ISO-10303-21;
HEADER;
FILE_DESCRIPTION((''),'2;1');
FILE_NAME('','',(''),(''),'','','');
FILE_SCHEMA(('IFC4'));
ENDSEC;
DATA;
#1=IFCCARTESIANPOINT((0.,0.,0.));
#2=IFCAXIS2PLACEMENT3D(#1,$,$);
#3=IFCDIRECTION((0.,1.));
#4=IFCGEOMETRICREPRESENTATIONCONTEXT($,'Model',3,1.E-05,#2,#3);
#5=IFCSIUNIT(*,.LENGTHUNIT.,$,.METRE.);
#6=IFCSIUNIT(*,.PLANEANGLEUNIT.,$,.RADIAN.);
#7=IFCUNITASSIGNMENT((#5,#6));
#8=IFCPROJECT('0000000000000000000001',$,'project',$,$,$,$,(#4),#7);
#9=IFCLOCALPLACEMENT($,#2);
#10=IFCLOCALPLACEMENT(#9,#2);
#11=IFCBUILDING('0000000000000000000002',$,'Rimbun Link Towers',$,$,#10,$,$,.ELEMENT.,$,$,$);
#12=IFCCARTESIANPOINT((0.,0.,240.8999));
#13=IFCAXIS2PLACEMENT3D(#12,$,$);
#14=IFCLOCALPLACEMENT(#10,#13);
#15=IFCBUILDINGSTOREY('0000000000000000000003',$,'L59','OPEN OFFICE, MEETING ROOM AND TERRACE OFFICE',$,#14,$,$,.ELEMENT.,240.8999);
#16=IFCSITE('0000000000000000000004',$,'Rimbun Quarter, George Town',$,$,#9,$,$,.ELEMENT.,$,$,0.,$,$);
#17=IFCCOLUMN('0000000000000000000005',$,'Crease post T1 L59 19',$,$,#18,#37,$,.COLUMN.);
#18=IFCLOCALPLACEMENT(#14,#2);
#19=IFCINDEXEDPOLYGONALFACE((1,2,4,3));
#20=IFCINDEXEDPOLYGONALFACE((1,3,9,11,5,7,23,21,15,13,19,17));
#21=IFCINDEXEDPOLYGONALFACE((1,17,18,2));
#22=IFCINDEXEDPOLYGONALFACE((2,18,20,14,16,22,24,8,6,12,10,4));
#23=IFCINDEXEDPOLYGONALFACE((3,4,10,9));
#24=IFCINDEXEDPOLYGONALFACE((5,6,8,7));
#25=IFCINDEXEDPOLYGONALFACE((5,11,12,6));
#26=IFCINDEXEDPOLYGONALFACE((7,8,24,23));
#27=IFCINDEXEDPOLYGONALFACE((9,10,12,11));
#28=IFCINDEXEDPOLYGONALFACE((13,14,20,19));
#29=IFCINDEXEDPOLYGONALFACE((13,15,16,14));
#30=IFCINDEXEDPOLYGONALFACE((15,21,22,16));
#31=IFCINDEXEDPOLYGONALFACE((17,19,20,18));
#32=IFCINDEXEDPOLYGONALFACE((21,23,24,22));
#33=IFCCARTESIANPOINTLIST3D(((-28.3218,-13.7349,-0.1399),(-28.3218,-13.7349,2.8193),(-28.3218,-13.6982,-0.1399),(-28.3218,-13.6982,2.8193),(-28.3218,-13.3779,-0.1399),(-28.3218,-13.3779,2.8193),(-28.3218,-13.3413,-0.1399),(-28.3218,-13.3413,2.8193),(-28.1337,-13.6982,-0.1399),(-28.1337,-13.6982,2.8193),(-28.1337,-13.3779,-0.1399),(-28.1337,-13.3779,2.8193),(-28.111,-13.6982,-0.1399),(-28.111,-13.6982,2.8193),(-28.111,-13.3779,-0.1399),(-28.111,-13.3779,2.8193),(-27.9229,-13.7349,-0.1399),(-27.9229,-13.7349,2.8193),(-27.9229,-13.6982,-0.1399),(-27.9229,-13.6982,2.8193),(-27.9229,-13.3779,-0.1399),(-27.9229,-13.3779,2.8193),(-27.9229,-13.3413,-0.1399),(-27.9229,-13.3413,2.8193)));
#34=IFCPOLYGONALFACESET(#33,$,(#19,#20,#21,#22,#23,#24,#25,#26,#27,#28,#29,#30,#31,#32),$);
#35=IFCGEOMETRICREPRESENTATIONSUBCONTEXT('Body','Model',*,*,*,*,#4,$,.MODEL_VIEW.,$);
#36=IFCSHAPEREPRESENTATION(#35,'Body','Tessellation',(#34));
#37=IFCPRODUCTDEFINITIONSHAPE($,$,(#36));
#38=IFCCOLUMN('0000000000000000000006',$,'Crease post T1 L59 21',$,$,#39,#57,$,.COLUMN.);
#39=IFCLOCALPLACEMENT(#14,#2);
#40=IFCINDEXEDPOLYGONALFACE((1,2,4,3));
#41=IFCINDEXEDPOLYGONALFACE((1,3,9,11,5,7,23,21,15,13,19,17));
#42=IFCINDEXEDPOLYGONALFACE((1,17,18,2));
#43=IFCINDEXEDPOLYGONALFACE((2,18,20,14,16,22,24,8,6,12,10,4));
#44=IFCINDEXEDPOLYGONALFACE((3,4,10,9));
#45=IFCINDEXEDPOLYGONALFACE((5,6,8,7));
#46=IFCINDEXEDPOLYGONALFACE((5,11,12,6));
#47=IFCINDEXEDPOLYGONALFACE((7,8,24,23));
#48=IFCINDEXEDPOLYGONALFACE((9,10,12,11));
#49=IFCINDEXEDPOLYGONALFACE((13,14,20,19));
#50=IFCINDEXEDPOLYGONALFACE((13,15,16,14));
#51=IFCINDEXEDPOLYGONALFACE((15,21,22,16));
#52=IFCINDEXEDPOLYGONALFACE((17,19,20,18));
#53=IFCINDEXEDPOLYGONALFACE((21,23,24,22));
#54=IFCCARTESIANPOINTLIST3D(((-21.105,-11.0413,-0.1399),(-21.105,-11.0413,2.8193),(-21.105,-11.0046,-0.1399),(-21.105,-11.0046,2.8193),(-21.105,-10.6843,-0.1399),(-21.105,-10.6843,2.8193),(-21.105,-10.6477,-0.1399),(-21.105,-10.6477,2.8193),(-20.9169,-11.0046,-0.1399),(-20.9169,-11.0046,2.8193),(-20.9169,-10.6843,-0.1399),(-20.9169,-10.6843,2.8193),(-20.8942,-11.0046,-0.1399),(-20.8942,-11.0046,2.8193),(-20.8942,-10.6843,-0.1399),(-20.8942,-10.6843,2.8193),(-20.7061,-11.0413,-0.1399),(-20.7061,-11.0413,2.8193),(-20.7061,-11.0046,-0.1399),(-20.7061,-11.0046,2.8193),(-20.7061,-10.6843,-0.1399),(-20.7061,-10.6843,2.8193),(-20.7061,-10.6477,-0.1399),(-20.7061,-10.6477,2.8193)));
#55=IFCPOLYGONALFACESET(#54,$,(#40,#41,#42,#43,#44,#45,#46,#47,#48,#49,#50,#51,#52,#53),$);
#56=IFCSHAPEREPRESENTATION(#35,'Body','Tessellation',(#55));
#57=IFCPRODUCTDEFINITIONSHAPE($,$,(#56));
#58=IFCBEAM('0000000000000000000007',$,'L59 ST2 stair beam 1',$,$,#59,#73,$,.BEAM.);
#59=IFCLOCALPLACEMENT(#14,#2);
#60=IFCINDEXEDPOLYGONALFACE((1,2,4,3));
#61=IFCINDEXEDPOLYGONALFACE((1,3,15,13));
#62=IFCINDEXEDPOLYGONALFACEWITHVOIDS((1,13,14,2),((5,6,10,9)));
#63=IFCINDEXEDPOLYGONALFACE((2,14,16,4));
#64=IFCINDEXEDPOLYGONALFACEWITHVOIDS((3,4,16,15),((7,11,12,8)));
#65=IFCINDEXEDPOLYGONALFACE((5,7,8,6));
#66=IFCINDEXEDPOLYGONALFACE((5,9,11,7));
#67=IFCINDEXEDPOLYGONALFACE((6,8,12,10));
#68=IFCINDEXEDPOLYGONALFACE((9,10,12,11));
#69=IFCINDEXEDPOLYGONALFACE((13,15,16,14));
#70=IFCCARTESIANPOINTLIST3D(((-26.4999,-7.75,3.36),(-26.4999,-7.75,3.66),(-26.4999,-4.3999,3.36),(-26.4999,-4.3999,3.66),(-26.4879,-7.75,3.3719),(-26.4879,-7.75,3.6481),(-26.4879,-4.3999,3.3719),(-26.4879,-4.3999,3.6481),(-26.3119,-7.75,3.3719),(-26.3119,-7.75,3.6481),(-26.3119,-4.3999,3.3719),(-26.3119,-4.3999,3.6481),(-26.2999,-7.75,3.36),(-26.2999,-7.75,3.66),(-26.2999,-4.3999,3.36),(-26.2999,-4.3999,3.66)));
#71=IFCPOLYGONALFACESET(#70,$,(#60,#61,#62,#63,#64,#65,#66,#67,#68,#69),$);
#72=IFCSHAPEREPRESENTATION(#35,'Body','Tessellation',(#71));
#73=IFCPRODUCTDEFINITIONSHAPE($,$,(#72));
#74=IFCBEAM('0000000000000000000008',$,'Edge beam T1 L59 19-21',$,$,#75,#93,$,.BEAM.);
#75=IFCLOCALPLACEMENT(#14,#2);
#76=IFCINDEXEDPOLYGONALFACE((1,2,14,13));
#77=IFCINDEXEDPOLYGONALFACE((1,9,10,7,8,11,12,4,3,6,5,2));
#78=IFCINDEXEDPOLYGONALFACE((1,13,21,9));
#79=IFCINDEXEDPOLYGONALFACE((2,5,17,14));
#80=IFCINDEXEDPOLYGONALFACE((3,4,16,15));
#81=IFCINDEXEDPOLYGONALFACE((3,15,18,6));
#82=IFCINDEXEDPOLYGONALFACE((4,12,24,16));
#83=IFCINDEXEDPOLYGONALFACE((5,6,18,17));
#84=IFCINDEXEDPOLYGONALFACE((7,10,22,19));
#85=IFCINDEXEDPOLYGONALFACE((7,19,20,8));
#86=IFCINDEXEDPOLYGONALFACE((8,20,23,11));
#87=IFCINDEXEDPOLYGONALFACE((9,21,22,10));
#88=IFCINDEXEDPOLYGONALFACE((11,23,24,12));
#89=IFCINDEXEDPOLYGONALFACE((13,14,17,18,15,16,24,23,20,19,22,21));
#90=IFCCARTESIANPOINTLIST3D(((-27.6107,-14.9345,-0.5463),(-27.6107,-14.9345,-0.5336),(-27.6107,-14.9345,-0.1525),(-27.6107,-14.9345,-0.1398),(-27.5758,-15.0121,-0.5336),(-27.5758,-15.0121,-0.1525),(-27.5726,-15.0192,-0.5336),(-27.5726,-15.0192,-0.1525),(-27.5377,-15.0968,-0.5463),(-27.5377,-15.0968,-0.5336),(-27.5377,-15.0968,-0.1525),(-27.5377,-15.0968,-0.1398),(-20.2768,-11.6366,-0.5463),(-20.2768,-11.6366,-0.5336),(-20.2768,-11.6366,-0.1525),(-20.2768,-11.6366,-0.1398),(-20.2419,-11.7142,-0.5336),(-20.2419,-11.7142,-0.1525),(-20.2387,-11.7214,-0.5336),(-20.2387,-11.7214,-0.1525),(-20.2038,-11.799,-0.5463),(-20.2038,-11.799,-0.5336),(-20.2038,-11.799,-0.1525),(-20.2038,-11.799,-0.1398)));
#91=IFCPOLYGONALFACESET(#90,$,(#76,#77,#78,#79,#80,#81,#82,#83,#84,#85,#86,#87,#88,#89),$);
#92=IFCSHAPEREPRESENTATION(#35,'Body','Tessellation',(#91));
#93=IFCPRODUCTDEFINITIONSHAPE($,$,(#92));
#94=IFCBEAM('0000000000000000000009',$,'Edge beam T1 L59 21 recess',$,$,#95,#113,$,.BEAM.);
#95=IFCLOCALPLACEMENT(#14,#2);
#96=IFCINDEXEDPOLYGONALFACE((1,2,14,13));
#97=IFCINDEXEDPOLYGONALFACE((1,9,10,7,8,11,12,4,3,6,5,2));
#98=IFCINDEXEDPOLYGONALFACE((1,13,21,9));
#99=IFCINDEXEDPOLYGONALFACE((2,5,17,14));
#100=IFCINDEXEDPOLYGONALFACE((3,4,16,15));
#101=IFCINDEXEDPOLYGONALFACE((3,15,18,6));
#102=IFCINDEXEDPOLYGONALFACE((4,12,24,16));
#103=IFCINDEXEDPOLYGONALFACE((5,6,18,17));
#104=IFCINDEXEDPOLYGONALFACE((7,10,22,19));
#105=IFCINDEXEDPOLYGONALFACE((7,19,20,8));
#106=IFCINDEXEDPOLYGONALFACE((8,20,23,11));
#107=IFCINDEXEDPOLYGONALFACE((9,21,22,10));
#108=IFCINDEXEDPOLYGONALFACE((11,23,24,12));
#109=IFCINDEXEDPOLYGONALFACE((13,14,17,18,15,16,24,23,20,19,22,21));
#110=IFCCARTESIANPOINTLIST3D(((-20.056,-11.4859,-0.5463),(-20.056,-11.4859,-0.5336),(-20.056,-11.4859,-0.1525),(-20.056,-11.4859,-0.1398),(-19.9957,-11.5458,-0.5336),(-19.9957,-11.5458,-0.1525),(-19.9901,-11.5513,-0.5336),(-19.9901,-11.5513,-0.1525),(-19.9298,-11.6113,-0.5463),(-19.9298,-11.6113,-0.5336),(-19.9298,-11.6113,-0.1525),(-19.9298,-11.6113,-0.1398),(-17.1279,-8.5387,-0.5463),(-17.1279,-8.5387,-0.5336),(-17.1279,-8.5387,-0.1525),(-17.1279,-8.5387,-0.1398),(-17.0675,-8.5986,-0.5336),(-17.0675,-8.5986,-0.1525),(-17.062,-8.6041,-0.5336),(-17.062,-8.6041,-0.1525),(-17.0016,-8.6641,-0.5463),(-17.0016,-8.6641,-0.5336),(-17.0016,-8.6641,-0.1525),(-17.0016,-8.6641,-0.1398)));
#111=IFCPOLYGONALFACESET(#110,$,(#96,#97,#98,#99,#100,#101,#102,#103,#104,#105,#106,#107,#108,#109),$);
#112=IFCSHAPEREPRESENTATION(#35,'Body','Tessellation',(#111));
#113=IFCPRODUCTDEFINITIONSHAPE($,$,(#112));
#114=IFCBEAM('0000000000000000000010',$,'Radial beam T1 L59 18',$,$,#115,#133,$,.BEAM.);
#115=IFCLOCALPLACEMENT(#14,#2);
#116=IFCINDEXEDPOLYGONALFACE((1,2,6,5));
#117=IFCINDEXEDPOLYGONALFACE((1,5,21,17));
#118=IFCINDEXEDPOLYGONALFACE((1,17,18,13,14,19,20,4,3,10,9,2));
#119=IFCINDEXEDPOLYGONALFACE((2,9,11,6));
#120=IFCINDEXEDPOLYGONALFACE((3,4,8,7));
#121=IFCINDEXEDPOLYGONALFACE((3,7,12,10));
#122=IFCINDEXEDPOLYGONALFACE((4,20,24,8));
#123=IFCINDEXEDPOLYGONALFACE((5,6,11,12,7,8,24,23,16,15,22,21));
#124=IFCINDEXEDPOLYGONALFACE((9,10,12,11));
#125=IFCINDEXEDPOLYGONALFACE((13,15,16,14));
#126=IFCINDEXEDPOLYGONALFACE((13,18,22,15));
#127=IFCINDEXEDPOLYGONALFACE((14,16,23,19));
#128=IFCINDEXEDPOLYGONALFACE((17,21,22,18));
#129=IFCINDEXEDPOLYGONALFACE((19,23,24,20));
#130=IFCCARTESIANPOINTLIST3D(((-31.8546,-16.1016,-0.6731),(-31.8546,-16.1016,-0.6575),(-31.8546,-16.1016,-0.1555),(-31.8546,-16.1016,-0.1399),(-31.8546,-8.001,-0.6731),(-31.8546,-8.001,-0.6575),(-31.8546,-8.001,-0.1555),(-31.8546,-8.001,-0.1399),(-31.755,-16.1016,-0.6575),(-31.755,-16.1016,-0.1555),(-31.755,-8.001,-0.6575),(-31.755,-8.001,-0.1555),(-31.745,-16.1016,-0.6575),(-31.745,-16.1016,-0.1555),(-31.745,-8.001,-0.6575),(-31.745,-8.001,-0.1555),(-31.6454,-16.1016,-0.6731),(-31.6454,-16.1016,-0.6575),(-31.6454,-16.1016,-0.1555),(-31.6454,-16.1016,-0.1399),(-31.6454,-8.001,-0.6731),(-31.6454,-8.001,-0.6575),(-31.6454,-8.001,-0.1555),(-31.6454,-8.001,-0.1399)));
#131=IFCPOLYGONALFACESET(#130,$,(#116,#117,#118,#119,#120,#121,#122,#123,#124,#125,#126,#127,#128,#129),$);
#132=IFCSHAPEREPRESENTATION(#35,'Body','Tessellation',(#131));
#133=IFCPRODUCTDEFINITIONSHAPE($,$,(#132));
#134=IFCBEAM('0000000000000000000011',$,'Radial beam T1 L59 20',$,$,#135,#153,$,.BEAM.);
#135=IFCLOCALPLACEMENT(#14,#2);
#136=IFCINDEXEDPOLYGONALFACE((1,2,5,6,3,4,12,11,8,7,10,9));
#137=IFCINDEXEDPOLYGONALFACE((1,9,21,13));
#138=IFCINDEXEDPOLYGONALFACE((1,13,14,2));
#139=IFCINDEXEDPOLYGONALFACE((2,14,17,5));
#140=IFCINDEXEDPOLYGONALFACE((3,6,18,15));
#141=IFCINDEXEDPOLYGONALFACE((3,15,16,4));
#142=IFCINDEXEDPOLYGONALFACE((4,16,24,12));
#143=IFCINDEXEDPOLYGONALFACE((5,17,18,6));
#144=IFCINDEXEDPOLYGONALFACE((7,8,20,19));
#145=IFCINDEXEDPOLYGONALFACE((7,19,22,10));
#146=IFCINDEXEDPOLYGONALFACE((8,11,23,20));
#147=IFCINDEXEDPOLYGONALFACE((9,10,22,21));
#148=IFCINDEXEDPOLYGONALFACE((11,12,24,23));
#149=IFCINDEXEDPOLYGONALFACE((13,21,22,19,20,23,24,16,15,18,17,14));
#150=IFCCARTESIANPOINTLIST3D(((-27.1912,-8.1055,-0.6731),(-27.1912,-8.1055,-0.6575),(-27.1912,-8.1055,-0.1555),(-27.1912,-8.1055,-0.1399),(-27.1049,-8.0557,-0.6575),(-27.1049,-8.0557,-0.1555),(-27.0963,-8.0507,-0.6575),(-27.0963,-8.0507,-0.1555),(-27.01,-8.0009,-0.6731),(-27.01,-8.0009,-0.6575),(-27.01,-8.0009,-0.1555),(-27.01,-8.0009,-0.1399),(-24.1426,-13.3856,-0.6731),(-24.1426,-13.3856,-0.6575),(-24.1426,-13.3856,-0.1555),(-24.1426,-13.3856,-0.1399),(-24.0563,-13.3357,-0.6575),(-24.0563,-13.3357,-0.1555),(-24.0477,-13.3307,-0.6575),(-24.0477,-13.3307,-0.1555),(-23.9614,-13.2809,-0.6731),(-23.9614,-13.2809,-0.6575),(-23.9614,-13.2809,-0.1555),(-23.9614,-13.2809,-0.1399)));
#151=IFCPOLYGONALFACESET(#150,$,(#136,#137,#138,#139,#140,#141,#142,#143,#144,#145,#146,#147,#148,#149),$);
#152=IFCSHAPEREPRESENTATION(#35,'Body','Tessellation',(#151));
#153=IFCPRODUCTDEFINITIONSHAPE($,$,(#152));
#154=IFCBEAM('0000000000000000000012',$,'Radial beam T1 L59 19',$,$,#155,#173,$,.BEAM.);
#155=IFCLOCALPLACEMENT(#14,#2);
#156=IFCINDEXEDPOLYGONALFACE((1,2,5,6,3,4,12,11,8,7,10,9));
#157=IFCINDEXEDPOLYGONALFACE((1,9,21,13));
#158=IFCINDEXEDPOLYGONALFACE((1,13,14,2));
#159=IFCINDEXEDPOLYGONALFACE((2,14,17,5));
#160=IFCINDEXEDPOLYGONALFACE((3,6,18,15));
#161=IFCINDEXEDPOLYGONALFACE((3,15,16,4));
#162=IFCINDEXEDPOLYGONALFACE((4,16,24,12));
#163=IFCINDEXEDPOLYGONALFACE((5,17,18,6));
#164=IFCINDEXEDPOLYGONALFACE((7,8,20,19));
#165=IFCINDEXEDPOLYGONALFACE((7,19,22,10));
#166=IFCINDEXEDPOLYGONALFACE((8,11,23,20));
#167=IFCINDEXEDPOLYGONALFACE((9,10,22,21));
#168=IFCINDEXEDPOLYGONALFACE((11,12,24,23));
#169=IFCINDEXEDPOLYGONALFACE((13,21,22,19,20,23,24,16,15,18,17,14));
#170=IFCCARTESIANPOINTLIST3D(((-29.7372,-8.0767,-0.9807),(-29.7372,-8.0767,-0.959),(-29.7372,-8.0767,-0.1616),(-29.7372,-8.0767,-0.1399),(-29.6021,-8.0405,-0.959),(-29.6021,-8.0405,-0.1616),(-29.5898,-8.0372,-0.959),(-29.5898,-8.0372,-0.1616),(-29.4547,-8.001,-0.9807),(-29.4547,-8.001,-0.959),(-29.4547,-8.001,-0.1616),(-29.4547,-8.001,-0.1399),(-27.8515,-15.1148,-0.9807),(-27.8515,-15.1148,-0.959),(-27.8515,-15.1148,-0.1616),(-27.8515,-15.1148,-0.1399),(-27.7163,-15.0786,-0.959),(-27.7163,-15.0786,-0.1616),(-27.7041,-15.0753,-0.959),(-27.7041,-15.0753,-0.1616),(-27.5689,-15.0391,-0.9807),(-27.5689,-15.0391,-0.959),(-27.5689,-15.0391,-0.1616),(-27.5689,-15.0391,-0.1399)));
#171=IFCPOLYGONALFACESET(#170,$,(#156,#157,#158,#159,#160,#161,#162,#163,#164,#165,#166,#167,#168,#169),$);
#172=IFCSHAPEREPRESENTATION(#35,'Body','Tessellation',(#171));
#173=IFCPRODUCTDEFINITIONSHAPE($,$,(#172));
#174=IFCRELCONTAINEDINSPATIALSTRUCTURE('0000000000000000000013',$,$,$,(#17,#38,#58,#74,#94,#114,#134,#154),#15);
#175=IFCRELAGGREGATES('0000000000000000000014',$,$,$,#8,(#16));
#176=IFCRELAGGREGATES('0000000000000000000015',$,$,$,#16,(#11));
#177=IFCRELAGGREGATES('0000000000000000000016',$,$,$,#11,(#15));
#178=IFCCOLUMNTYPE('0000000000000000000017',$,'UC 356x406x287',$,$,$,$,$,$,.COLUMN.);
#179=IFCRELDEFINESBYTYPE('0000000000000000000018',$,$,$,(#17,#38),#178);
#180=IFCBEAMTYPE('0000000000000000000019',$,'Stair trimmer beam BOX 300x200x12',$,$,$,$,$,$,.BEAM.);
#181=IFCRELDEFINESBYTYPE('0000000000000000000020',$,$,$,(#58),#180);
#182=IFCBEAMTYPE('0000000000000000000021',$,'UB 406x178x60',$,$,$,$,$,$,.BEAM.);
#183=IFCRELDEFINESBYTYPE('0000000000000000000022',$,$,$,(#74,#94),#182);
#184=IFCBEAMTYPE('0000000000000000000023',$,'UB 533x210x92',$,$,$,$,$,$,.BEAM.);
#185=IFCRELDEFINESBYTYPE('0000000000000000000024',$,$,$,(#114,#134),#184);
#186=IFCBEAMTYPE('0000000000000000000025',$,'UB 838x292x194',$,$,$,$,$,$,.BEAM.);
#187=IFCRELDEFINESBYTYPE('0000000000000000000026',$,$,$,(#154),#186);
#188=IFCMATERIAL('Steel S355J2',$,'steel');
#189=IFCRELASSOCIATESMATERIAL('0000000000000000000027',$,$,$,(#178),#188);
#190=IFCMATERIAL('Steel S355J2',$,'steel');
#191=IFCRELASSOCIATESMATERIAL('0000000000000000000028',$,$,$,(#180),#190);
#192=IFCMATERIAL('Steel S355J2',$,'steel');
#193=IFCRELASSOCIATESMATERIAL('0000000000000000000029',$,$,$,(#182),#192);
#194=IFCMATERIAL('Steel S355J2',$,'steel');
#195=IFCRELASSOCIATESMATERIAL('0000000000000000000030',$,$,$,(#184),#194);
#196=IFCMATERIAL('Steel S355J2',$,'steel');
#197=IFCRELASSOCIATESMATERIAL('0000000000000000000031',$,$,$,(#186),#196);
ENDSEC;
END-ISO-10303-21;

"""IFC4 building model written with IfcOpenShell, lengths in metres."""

from ifc_helpers import new_model, si_unit, direction, frame, origin, origin_2d, place, context, subcontext, project, spatial, hollow_rectangle, i_section, extrude, material, material_profile, profile_set, type_object, element, save


model = new_model("IFC4")

# Units and contexts
model_context = context("Model", 3, precision=1e-05, world=origin(), true_north=direction((0.0, 1.0)))
body_context = subcontext(model_context, "Body", "Model", "MODEL_VIEW")
ifc_project = project(units=[si_unit("LENGTHUNIT", "METRE"), si_unit("PLANEANGLEUNIT", "RADIAN")], contexts=[model_context])

# Site, building, storey
site_placement = place(None, origin())
site = spatial("IfcSite", under=ifc_project, at=site_placement, Name="Rimbun Quarter, George Town", CompositionType="ELEMENT", RefElevation=0.0)
building_placement = place(site_placement, origin())
building = spatial("IfcBuilding", under=site, at=building_placement, Name="Rimbun Link Towers", CompositionType="ELEMENT")
storey_placement = place(building_placement, frame((0.0, 0.0, 240.8999)))
storey = spatial("IfcBuildingStorey", under=building, at=storey_placement, Name="L59", Description="OPEN OFFICE, MEETING ROOM AND TERRACE OFFICE", CompositionType="ELEMENT", Elevation=240.8999)

# Columns
ifc_material_1 = material(Name="Steel S355J2", Category="steel")
ifc_material_profile_1 = material_profile(ifc_material_1, i_section(OverallWidth=0.3989, OverallDepth=0.3936, WebThickness=0.0227, FlangeThickness=0.0366, at=origin_2d()), Name="UC 356x406x287")
ifc_profile_set_1 = profile_set([ifc_material_profile_1], Name="Steel S355J2")
column_type = type_object("IfcColumnType", Name="UC 356x406x287", PredefinedType="COLUMN", material=ifc_profile_set_1)
for number, where, z_axis, x_axis, name in (
    (1, (-28.1223, -13.5381, -0.1399), (0.0, 0.0, 1.0), (1.0, 0.0, 0.0), "Crease post T1 L59 19"),
    (2, (-20.9055, -10.8445, -0.1399), (0.0, 0.0, 1.0), (1.0, 0.0, 0.0), "Crease post T1 L59 21"),
):
    element("IfcColumn", number, at=place(storey_placement, frame(where, z_axis=z_axis, x_axis=x_axis)), inside=storey, type_object=column_type, Name=name, PredefinedType="COLUMN", context=body_context, shape_type="SweptSolid", body=[
        extrude(i_section(OverallWidth=0.3989, OverallDepth=0.3936, WebThickness=0.0227, FlangeThickness=0.0366, at=origin_2d()), origin(), (0.0, 0.0, 1.0), 2.9592),
    ])

# Beams
ifc_material_2 = material(Name="Steel S355J2", Category="steel")
ifc_material_profile_2 = material_profile(ifc_material_2, hollow_rectangle(XDim=0.2, YDim=0.3, WallThickness=0.012, at=origin_2d()), Name="BOX 300x200x12")
ifc_profile_set_2 = profile_set([ifc_material_profile_2], Name="Steel S355J2")
beam_type_1 = type_object("IfcBeamType", Name="Stair trimmer beam BOX 300x200x12", PredefinedType="BEAM", material=ifc_profile_set_2)
beam_1_placement = place(storey_placement, frame((-26.3999, -7.75, 3.51), z_axis=(0.0, 1.0, 0.0), x_axis=(-1.0, 0.0, 0.0)))
element("IfcBeam", 3, at=beam_1_placement, inside=storey, type_object=beam_type_1, Name="L59 ST2 stair beam 1", PredefinedType="BEAM", context=body_context, shape_type="SweptSolid", body=[
    extrude(hollow_rectangle(XDim=0.2, YDim=0.3, WallThickness=0.012, at=origin_2d()), origin(), (0.0, 0.0, 1.0), 3.3501),
])
ifc_material_3 = material(Name="Steel S355J2", Category="steel")
ifc_material_profile_3 = material_profile(ifc_material_3, i_section(OverallWidth=0.178, OverallDepth=0.4065, WebThickness=0.0078, FlangeThickness=0.0127, at=origin_2d()), Name="UB 406x178x60")
ifc_profile_set_3 = profile_set([ifc_material_profile_3], Name="Steel S355J2")
beam_type_2 = type_object("IfcBeamType", Name="UB 406x178x60", PredefinedType="BEAM", material=ifc_profile_set_3)
beam_2_placement = place(storey_placement, frame((-27.5742, -15.0156, -0.343), z_axis=(0.912035, 0.410112, 0.0), x_axis=(-0.410112, 0.912035, 0.0)))
element("IfcBeam", 4, at=beam_2_placement, inside=storey, type_object=beam_type_2, Name="Edge beam T1 L59 19-21", PredefinedType="BEAM", context=body_context, shape_type="SweptSolid", body=[
    extrude(i_section(OverallWidth=0.178, OverallDepth=0.4065, WebThickness=0.0078, FlangeThickness=0.0127, at=origin_2d()), origin(), (0.0, 0.0, 1.0), 8.0413),
])
beam_3_placement = place(storey_placement, frame((-19.9929, -11.5486, -0.343), z_axis=(0.704811, 0.709395, 0.0), x_axis=(-0.709395, 0.704811, 0.0)))
element("IfcBeam", 5, at=beam_3_placement, inside=storey, type_object=beam_type_2, Name="Edge beam T1 L59 21 recess", PredefinedType="BEAM", context=body_context, shape_type="SweptSolid", body=[
    extrude(i_section(OverallWidth=0.178, OverallDepth=0.4065, WebThickness=0.0078, FlangeThickness=0.0127, at=origin_2d()), origin(), (0.0, 0.0, 1.0), 4.1545),
])
ifc_material_4 = material(Name="Steel S355J2", Category="steel")
ifc_material_profile_4 = material_profile(ifc_material_4, i_section(OverallWidth=0.2092, OverallDepth=0.5332, WebThickness=0.01, FlangeThickness=0.0156, at=origin_2d()), Name="UB 533x210x92")
ifc_profile_set_4 = profile_set([ifc_material_profile_4], Name="Steel S355J2")
beam_type_3 = type_object("IfcBeamType", Name="UB 533x210x92", PredefinedType="BEAM", material=ifc_profile_set_4)
beam_4_placement = place(storey_placement, frame((-31.75, -8.001, -0.4065), z_axis=(0.0, -1.0, 0.0), x_axis=(1.0, 0.0, 0.0)))
element("IfcBeam", 6, at=beam_4_placement, inside=storey, type_object=beam_type_3, Name="Radial beam T1 L59 18", PredefinedType="BEAM", context=body_context, shape_type="SweptSolid", body=[
    extrude(i_section(OverallWidth=0.2092, OverallDepth=0.5332, WebThickness=0.01, FlangeThickness=0.0156, at=origin_2d()), origin(), (0.0, 0.0, 1.0), 8.1006),
])
beam_5_placement = place(storey_placement, frame((-27.1006, -8.0532, -0.4065), z_axis=(0.500019, -0.866014, 0.0), x_axis=(0.866014, 0.500019, 0.0)))
element("IfcBeam", 7, at=beam_5_placement, inside=storey, type_object=beam_type_3, Name="Radial beam T1 L59 20", PredefinedType="BEAM", context=body_context, shape_type="SweptSolid", body=[
    extrude(i_section(OverallWidth=0.2092, OverallDepth=0.5332, WebThickness=0.01, FlangeThickness=0.0156, at=origin_2d()), origin(), (0.0, 0.0, 1.0), 6.0969),
])
ifc_material_5 = material(Name="Steel S355J2", Category="steel")
ifc_material_profile_5 = material_profile(ifc_material_5, i_section(OverallWidth=0.2925, OverallDepth=0.8408, WebThickness=0.0127, FlangeThickness=0.0217, at=origin_2d()), Name="UB 838x292x194")
ifc_profile_set_5 = profile_set([ifc_material_profile_5], Name="Steel S355J2")
beam_type_4 = type_object("IfcBeamType", Name="UB 838x292x194", PredefinedType="BEAM", material=ifc_profile_set_5)
beam_6_placement = place(storey_placement, frame((-29.5959, -8.0388, -0.5603), z_axis=(0.258805, -0.96593, 0.0), x_axis=(0.96593, 0.258805, 0.0)))
element("IfcBeam", 8, at=beam_6_placement, inside=storey, type_object=beam_type_4, Name="Radial beam T1 L59 19", PredefinedType="BEAM", context=body_context, shape_type="SweptSolid", body=[
    extrude(i_section(OverallWidth=0.2925, OverallDepth=0.8408, WebThickness=0.0127, FlangeThickness=0.0217, at=origin_2d()), origin(), (0.0, 0.0, 1.0), 7.2864),
])

save(model, "model.ifc")
